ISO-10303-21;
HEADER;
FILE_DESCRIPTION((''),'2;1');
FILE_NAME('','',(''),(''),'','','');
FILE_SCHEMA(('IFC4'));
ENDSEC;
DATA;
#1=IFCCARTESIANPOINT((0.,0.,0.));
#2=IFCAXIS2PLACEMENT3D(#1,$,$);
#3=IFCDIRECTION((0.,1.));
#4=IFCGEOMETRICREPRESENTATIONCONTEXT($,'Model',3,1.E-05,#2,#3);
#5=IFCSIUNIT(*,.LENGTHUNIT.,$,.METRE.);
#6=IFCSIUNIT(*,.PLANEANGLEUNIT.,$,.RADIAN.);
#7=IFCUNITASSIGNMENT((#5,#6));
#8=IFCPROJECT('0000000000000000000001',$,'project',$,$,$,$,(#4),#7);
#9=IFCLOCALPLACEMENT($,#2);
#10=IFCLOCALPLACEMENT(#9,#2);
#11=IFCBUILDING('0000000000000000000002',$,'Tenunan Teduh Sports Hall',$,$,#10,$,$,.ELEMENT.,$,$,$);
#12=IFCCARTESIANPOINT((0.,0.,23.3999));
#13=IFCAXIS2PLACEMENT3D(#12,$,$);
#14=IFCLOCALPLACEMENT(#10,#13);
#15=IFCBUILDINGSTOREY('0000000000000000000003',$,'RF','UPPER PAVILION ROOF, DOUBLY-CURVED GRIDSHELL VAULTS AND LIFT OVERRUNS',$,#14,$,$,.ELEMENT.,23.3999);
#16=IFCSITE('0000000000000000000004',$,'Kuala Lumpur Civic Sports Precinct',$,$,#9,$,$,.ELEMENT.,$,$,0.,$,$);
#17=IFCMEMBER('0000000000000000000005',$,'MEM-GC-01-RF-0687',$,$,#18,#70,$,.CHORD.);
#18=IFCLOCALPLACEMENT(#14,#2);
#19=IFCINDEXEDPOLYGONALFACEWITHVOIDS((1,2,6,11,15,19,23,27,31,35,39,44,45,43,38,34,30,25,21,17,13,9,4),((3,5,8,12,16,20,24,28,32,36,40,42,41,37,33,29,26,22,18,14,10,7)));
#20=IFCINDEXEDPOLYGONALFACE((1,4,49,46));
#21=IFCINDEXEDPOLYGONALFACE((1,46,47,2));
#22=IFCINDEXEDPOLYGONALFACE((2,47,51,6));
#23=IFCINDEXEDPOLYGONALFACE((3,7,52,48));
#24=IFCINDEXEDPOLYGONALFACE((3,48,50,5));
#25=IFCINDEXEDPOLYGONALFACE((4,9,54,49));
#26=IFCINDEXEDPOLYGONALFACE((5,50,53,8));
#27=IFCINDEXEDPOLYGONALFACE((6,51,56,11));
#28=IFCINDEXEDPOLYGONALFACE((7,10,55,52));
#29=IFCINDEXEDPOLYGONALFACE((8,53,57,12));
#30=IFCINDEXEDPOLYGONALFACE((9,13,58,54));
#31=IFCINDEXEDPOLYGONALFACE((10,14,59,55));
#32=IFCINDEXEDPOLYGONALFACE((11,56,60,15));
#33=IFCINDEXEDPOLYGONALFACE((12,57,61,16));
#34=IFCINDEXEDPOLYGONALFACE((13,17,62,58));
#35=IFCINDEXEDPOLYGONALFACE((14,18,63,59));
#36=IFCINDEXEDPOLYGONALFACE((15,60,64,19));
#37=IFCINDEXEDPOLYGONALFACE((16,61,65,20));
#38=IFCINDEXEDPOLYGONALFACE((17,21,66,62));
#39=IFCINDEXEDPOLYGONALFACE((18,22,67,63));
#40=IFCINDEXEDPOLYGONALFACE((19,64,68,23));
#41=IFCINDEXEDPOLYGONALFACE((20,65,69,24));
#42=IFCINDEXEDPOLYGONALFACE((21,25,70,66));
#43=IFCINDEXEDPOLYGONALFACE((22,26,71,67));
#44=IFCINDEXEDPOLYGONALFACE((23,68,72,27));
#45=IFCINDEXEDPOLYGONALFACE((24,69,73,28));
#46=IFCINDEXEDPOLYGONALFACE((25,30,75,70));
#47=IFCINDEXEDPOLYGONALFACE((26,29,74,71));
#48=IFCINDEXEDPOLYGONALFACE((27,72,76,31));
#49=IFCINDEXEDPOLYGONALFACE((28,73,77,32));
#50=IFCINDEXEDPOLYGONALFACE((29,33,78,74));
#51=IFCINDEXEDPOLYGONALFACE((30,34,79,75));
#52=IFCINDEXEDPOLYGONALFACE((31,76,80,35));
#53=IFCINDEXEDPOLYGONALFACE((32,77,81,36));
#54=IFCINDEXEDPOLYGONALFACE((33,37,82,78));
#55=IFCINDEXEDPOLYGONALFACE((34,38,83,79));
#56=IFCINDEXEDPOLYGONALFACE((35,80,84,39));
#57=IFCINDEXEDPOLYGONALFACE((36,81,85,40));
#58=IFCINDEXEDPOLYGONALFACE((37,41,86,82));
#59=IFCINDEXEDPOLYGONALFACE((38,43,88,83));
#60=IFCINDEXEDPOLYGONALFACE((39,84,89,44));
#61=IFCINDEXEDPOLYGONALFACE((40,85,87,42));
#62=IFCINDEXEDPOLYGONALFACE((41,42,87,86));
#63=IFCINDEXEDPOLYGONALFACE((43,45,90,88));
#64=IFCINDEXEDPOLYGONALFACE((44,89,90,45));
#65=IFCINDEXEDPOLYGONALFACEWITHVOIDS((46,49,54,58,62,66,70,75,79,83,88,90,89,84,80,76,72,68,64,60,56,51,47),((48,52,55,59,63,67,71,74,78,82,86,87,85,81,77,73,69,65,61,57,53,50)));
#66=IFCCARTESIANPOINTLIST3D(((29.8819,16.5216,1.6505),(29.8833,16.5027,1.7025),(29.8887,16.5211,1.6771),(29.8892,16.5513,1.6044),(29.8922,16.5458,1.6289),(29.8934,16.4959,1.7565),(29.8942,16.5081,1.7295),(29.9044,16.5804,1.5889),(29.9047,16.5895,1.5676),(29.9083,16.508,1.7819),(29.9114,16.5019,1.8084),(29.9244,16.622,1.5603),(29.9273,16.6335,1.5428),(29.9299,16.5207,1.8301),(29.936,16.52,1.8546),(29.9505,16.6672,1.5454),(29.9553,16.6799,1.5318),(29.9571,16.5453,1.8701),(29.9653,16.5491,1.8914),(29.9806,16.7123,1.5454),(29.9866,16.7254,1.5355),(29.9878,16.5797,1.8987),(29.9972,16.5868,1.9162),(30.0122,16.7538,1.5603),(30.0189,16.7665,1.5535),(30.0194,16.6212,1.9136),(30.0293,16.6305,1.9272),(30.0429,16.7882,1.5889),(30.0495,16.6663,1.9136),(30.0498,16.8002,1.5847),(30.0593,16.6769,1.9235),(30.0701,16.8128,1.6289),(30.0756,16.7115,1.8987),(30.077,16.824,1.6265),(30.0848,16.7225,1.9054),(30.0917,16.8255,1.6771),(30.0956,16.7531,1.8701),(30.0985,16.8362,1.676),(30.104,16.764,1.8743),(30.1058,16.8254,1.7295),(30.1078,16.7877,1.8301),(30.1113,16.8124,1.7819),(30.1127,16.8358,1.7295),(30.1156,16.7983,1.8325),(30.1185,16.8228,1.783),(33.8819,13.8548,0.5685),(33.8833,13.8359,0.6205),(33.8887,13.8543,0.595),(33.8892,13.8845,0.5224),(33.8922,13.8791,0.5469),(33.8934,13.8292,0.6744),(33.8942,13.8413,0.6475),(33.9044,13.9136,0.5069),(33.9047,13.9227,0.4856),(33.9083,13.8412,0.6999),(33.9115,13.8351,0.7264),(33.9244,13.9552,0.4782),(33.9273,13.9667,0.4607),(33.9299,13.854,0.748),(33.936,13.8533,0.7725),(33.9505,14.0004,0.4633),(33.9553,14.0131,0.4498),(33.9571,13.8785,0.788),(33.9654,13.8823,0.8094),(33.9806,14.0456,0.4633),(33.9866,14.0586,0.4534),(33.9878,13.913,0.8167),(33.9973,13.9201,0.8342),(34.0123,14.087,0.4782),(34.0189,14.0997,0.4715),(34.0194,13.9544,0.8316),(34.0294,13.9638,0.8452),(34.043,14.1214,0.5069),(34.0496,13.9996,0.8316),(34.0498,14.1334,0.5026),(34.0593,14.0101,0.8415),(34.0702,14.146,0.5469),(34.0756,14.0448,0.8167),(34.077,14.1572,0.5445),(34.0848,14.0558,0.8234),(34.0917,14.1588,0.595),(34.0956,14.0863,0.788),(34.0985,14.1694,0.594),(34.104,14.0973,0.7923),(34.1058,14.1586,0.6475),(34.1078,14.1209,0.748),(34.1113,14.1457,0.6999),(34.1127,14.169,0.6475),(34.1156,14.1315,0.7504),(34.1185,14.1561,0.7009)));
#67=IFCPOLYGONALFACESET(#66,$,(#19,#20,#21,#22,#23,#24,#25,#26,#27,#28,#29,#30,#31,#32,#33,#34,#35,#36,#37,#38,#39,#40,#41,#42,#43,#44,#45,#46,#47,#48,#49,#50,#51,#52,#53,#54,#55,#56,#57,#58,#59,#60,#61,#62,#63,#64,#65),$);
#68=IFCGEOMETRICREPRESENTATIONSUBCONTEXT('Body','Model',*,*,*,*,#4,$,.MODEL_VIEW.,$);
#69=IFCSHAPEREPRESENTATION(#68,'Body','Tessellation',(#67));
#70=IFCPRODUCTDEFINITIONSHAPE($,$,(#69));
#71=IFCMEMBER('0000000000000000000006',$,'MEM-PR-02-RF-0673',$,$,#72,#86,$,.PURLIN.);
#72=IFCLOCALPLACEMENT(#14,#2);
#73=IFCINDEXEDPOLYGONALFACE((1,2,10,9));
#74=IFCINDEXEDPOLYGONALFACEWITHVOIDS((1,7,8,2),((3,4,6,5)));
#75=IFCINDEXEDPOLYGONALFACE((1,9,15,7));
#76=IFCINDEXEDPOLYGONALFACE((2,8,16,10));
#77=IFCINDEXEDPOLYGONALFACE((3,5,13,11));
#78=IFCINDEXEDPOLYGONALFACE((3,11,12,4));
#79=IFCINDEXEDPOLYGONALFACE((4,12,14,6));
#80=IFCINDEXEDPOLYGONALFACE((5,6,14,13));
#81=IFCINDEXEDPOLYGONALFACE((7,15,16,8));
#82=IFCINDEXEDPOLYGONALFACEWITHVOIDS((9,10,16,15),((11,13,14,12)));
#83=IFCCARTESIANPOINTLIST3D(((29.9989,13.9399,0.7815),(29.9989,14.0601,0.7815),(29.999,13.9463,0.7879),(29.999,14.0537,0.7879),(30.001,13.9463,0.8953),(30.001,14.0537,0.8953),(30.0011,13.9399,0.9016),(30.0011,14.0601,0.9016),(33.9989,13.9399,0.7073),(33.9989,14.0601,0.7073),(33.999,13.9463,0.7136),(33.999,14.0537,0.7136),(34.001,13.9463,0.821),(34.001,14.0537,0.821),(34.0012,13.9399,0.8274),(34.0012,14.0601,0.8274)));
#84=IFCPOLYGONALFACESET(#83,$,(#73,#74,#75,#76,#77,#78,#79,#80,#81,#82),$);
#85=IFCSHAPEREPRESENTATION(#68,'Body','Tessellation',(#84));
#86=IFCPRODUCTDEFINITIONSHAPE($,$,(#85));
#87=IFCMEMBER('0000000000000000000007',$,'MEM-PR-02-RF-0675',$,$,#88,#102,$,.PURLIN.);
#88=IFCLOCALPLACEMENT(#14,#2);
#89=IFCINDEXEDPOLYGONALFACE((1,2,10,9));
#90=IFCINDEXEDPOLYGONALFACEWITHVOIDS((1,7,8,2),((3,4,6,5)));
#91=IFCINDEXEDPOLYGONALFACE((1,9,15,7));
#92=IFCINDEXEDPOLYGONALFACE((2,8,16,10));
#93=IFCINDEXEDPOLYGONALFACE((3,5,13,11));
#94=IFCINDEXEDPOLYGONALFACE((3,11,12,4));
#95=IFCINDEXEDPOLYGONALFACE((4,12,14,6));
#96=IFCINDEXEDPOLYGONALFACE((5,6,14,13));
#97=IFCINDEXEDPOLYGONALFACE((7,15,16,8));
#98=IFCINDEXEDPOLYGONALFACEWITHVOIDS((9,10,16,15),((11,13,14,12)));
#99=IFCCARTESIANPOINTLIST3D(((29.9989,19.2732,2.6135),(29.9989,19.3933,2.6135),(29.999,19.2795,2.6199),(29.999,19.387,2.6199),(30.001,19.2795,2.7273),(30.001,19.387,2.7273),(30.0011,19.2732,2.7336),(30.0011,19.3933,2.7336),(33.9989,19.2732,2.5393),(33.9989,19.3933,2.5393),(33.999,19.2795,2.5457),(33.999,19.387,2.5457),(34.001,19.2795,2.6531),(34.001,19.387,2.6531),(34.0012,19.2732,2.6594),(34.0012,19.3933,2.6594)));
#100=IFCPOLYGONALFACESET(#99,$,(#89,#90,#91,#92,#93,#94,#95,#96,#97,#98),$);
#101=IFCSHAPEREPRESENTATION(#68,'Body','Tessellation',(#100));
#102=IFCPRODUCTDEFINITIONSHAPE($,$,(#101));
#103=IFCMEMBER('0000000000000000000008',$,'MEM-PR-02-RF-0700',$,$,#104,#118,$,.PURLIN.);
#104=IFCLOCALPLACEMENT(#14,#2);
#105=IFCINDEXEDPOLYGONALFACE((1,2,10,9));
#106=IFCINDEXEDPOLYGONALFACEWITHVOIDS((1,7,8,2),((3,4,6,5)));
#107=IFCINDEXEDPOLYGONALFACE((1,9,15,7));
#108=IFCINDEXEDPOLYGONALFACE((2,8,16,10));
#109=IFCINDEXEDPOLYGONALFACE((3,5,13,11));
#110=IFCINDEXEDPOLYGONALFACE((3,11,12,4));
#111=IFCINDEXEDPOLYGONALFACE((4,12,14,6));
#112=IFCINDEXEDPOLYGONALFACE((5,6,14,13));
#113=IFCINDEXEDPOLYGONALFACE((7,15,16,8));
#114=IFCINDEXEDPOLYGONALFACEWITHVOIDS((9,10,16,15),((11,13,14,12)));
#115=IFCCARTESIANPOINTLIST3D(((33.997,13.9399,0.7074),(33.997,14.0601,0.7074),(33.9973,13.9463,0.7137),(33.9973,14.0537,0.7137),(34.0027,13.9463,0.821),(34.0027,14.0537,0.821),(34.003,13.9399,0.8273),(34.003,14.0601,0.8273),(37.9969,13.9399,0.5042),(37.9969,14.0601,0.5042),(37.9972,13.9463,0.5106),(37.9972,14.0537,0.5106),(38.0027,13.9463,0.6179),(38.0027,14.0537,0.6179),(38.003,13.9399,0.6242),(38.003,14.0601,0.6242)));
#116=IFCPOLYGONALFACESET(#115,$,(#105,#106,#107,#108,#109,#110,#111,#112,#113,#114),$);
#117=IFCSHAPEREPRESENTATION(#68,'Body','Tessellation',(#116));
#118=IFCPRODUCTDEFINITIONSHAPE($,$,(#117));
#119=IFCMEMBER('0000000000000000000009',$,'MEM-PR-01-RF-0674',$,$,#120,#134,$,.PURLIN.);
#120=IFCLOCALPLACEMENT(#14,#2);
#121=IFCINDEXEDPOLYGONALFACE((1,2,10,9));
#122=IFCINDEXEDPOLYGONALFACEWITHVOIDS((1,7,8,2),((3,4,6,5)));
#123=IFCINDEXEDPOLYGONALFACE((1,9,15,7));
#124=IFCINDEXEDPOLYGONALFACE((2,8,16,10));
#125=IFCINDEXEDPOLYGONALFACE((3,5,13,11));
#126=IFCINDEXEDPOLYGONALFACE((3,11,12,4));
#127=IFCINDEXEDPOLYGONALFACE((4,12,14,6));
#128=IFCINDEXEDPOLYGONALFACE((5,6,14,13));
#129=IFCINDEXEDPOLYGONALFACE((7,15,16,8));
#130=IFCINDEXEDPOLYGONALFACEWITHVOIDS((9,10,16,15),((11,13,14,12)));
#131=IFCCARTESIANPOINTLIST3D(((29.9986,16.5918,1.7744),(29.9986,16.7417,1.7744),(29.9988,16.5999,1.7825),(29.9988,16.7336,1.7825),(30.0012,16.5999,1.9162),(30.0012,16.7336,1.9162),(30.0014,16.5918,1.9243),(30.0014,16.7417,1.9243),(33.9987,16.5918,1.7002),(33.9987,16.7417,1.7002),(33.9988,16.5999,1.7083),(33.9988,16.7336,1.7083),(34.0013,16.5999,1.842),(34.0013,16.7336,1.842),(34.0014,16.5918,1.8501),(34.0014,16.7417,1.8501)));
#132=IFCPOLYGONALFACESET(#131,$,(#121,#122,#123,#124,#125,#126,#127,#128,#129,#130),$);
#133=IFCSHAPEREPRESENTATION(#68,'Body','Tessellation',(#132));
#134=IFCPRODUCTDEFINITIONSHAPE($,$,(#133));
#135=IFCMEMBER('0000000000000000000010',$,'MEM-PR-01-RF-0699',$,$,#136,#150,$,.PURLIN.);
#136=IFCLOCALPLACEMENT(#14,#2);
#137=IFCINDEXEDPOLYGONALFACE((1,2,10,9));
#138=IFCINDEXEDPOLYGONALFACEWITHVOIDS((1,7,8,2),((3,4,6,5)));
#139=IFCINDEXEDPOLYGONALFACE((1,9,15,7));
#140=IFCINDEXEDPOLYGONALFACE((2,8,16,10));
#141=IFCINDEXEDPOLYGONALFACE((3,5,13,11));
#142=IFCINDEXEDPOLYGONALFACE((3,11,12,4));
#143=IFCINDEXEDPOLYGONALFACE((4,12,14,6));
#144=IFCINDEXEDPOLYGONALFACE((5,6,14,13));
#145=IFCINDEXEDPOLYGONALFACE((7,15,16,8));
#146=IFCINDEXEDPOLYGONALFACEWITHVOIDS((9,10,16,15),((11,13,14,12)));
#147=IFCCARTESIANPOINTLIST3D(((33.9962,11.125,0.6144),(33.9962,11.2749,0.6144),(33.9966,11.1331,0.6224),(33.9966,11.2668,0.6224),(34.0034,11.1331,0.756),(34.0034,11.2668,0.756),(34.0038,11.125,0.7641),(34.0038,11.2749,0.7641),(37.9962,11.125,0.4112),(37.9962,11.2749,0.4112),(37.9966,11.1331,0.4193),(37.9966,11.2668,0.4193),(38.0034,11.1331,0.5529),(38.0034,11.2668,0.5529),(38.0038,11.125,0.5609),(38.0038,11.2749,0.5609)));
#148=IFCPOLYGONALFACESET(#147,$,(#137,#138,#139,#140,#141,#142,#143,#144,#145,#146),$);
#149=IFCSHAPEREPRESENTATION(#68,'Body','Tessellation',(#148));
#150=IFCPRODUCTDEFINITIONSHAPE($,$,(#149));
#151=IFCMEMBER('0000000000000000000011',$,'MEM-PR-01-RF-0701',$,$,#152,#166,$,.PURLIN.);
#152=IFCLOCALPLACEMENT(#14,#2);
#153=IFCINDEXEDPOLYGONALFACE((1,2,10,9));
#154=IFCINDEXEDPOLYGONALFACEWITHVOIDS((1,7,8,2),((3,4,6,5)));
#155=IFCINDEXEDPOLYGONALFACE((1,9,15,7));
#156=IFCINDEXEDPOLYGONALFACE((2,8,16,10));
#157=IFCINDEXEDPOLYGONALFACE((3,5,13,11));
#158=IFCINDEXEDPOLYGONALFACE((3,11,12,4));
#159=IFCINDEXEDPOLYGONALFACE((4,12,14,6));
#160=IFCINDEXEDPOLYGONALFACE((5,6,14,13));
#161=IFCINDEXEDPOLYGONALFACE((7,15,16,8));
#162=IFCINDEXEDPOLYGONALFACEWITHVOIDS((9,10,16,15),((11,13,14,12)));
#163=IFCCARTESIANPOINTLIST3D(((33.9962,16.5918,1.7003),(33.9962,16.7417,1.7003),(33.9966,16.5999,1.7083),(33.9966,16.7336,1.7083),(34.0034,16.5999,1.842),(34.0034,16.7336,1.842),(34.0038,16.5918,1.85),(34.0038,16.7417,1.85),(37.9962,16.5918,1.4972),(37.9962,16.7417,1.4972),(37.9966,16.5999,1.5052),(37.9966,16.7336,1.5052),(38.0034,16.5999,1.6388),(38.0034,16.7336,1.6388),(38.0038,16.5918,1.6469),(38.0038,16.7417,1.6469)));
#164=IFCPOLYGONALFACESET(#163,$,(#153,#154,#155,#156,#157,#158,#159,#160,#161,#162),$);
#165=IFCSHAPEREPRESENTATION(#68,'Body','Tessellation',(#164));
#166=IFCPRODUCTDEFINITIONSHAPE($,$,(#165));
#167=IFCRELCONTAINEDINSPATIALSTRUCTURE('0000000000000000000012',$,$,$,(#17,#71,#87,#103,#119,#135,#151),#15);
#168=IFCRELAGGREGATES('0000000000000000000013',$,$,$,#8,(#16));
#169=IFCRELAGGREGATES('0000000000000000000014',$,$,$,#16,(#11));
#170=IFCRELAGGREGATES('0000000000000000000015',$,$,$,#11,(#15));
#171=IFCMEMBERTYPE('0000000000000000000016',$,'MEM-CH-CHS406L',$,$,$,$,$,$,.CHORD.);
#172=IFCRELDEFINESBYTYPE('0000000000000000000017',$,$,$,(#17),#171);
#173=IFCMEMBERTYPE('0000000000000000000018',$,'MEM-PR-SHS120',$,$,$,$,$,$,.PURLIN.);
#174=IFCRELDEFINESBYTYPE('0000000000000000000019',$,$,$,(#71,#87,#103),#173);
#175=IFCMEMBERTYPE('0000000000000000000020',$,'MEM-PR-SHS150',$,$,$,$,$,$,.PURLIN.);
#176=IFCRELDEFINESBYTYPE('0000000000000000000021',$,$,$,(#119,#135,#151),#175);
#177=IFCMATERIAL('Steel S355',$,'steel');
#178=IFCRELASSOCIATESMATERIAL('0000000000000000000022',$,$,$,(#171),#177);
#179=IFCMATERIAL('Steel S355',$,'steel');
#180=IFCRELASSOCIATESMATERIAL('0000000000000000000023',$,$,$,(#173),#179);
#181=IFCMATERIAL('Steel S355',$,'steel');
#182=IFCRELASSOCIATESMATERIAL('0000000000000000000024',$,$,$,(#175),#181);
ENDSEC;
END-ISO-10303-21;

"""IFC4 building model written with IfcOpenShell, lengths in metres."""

from ifc_helpers import new_model, si_unit, direction, frame, origin, origin_2d, place, context, subcontext, project, spatial, hollow_rectangle, hollow_circle, extrude, material, material_profile, profile_set, type_object, element, save


model = new_model("IFC4")

# Units and contexts
model_context = context("Model", 3, precision=1e-05, world=origin(), true_north=direction((0.0, 1.0)))
body_context = subcontext(model_context, "Body", "Model", "MODEL_VIEW")
ifc_project = project(units=[si_unit("LENGTHUNIT", "METRE"), si_unit("PLANEANGLEUNIT", "RADIAN")], contexts=[model_context])

# Site, building, storey
site_placement = place(None, origin())
site = spatial("IfcSite", under=ifc_project, at=site_placement, Name="Kuala Lumpur Civic Sports Precinct", CompositionType="ELEMENT", RefElevation=0.0)
building_placement = place(site_placement, origin())
building = spatial("IfcBuilding", under=site, at=building_placement, Name="Tenunan Teduh Sports Hall", CompositionType="ELEMENT")
storey_placement = place(building_placement, frame((0.0, 0.0, 23.3999)))
storey = spatial("IfcBuildingStorey", under=building, at=storey_placement, Name="RF", Description="UPPER PAVILION ROOF, DOUBLY-CURVED GRIDSHELL VAULTS AND LIFT OVERRUNS", CompositionType="ELEMENT", Elevation=23.3999)

# Members
ifc_material_1 = material(Name="Steel S355", Category="steel")
ifc_material_profile_1 = material_profile(ifc_material_1, hollow_circle(Radius=0.2031, WallThickness=0.0125, at=origin_2d()), Name="CHS 406.4x12.5")
ifc_profile_set_1 = profile_set([ifc_material_profile_1], Name="Steel S355")
member_type_1 = type_object("IfcMemberType", Name="MEM-CH-CHS406L", PredefinedType="CHORD", material=ifc_profile_set_1)
member_1_placement = place(storey_placement, frame((30.0, 16.6667, 1.7295), z_axis=(0.811736, -0.541174, -0.219581), x_axis=(0.554712, 0.832042, 0.0)))
element("IfcMember", 1, at=member_1_placement, inside=storey, type_object=member_type_1, Name="MEM-GC-01-RF-0687", PredefinedType="CHORD", context=body_context, shape_type="SweptSolid", body=[
    extrude(hollow_circle(Radius=0.2031, WallThickness=0.0125, at=origin_2d()), origin(), (0.0, 0.0, 1.0), 4.9277),
])
ifc_material_2 = material(Name="Steel S355", Category="steel")
ifc_material_profile_2 = material_profile(ifc_material_2, hollow_rectangle(XDim=0.1201, YDim=0.1201, WallThickness=0.0063, at=origin_2d()), Name="SHS 120x120x6.3")
ifc_profile_set_2 = profile_set([ifc_material_profile_2], Name="Steel S355")
member_type_2 = type_object("IfcMemberType", Name="MEM-PR-SHS120", PredefinedType="PURLIN", material=ifc_profile_set_2)
for number, where, z_axis, x_axis, name in (
    (2, (30.0, 14.0, 0.8416), (0.999828, 0.0, -0.018551), (0.0, 1.0, 0.0), "MEM-PR-02-RF-0673"),
    (3, (30.0, 19.3333, 2.6736), (0.999828, 0.0, -0.018551), (0.0, 1.0, 0.0), "MEM-PR-02-RF-0675"),
):
    element("IfcMember", number, at=place(storey_placement, frame(where, z_axis=z_axis, x_axis=x_axis)), inside=storey, type_object=member_type_2, Name=name, PredefinedType="PURLIN", context=body_context, shape_type="SweptSolid", body=[
        extrude(hollow_rectangle(XDim=0.1201, YDim=0.1201, WallThickness=0.0063, at=origin_2d()), origin(), (0.0, 0.0, 1.0), 4.0007),
    ])
member_2_placement = place(storey_placement, frame((34.0, 14.0, 0.7673), z_axis=(0.998713, 0.0, -0.050716), x_axis=(0.0, 1.0, 0.0)))
element("IfcMember", 4, at=member_2_placement, inside=storey, type_object=member_type_2, Name="MEM-PR-02-RF-0700", PredefinedType="PURLIN", context=body_context, shape_type="SweptSolid", body=[
    extrude(hollow_rectangle(XDim=0.1201, YDim=0.1201, WallThickness=0.0063, at=origin_2d()), origin(), (0.0, 0.0, 1.0), 4.0051),
])
ifc_material_3 = material(Name="Steel S355", Category="steel")
ifc_material_profile_3 = material_profile(ifc_material_3, hollow_rectangle(XDim=0.1499, YDim=0.1499, WallThickness=0.0081, at=origin_2d()), Name="SHS 150x150x8.0")
ifc_profile_set_3 = profile_set([ifc_material_profile_3], Name="Steel S355")
member_type_3 = type_object("IfcMemberType", Name="MEM-PR-SHS150", PredefinedType="PURLIN", material=ifc_profile_set_3)
member_3_placement = place(storey_placement, frame((30.0, 16.6667, 1.8494), z_axis=(0.999828, 0.0, -0.018551), x_axis=(0.0, 1.0, 0.0)))
element("IfcMember", 5, at=member_3_placement, inside=storey, type_object=member_type_3, Name="MEM-PR-01-RF-0674", PredefinedType="PURLIN", context=body_context, shape_type="SweptSolid", body=[
    extrude(hollow_rectangle(XDim=0.1499, YDim=0.1499, WallThickness=0.0081, at=origin_2d()), origin(), (0.0, 0.0, 1.0), 4.0007),
])
for number, where, z_axis, x_axis, name in (
    (6, (34.0, 11.2, 0.6892), (0.998713, 0.0, -0.050716), (0.0, 1.0, 0.0), "MEM-PR-01-RF-0699"),
    (7, (34.0, 16.6667, 1.7751), (0.998713, 0.0, -0.050716), (0.0, 1.0, 0.0), "MEM-PR-01-RF-0701"),
):
    element("IfcMember", number, at=place(storey_placement, frame(where, z_axis=z_axis, x_axis=x_axis)), inside=storey, type_object=member_type_3, Name=name, PredefinedType="PURLIN", context=body_context, shape_type="SweptSolid", body=[
        extrude(hollow_rectangle(XDim=0.1499, YDim=0.1499, WallThickness=0.0081, at=origin_2d()), origin(), (0.0, 0.0, 1.0), 4.0051),
    ])

save(model, "model.ifc")
